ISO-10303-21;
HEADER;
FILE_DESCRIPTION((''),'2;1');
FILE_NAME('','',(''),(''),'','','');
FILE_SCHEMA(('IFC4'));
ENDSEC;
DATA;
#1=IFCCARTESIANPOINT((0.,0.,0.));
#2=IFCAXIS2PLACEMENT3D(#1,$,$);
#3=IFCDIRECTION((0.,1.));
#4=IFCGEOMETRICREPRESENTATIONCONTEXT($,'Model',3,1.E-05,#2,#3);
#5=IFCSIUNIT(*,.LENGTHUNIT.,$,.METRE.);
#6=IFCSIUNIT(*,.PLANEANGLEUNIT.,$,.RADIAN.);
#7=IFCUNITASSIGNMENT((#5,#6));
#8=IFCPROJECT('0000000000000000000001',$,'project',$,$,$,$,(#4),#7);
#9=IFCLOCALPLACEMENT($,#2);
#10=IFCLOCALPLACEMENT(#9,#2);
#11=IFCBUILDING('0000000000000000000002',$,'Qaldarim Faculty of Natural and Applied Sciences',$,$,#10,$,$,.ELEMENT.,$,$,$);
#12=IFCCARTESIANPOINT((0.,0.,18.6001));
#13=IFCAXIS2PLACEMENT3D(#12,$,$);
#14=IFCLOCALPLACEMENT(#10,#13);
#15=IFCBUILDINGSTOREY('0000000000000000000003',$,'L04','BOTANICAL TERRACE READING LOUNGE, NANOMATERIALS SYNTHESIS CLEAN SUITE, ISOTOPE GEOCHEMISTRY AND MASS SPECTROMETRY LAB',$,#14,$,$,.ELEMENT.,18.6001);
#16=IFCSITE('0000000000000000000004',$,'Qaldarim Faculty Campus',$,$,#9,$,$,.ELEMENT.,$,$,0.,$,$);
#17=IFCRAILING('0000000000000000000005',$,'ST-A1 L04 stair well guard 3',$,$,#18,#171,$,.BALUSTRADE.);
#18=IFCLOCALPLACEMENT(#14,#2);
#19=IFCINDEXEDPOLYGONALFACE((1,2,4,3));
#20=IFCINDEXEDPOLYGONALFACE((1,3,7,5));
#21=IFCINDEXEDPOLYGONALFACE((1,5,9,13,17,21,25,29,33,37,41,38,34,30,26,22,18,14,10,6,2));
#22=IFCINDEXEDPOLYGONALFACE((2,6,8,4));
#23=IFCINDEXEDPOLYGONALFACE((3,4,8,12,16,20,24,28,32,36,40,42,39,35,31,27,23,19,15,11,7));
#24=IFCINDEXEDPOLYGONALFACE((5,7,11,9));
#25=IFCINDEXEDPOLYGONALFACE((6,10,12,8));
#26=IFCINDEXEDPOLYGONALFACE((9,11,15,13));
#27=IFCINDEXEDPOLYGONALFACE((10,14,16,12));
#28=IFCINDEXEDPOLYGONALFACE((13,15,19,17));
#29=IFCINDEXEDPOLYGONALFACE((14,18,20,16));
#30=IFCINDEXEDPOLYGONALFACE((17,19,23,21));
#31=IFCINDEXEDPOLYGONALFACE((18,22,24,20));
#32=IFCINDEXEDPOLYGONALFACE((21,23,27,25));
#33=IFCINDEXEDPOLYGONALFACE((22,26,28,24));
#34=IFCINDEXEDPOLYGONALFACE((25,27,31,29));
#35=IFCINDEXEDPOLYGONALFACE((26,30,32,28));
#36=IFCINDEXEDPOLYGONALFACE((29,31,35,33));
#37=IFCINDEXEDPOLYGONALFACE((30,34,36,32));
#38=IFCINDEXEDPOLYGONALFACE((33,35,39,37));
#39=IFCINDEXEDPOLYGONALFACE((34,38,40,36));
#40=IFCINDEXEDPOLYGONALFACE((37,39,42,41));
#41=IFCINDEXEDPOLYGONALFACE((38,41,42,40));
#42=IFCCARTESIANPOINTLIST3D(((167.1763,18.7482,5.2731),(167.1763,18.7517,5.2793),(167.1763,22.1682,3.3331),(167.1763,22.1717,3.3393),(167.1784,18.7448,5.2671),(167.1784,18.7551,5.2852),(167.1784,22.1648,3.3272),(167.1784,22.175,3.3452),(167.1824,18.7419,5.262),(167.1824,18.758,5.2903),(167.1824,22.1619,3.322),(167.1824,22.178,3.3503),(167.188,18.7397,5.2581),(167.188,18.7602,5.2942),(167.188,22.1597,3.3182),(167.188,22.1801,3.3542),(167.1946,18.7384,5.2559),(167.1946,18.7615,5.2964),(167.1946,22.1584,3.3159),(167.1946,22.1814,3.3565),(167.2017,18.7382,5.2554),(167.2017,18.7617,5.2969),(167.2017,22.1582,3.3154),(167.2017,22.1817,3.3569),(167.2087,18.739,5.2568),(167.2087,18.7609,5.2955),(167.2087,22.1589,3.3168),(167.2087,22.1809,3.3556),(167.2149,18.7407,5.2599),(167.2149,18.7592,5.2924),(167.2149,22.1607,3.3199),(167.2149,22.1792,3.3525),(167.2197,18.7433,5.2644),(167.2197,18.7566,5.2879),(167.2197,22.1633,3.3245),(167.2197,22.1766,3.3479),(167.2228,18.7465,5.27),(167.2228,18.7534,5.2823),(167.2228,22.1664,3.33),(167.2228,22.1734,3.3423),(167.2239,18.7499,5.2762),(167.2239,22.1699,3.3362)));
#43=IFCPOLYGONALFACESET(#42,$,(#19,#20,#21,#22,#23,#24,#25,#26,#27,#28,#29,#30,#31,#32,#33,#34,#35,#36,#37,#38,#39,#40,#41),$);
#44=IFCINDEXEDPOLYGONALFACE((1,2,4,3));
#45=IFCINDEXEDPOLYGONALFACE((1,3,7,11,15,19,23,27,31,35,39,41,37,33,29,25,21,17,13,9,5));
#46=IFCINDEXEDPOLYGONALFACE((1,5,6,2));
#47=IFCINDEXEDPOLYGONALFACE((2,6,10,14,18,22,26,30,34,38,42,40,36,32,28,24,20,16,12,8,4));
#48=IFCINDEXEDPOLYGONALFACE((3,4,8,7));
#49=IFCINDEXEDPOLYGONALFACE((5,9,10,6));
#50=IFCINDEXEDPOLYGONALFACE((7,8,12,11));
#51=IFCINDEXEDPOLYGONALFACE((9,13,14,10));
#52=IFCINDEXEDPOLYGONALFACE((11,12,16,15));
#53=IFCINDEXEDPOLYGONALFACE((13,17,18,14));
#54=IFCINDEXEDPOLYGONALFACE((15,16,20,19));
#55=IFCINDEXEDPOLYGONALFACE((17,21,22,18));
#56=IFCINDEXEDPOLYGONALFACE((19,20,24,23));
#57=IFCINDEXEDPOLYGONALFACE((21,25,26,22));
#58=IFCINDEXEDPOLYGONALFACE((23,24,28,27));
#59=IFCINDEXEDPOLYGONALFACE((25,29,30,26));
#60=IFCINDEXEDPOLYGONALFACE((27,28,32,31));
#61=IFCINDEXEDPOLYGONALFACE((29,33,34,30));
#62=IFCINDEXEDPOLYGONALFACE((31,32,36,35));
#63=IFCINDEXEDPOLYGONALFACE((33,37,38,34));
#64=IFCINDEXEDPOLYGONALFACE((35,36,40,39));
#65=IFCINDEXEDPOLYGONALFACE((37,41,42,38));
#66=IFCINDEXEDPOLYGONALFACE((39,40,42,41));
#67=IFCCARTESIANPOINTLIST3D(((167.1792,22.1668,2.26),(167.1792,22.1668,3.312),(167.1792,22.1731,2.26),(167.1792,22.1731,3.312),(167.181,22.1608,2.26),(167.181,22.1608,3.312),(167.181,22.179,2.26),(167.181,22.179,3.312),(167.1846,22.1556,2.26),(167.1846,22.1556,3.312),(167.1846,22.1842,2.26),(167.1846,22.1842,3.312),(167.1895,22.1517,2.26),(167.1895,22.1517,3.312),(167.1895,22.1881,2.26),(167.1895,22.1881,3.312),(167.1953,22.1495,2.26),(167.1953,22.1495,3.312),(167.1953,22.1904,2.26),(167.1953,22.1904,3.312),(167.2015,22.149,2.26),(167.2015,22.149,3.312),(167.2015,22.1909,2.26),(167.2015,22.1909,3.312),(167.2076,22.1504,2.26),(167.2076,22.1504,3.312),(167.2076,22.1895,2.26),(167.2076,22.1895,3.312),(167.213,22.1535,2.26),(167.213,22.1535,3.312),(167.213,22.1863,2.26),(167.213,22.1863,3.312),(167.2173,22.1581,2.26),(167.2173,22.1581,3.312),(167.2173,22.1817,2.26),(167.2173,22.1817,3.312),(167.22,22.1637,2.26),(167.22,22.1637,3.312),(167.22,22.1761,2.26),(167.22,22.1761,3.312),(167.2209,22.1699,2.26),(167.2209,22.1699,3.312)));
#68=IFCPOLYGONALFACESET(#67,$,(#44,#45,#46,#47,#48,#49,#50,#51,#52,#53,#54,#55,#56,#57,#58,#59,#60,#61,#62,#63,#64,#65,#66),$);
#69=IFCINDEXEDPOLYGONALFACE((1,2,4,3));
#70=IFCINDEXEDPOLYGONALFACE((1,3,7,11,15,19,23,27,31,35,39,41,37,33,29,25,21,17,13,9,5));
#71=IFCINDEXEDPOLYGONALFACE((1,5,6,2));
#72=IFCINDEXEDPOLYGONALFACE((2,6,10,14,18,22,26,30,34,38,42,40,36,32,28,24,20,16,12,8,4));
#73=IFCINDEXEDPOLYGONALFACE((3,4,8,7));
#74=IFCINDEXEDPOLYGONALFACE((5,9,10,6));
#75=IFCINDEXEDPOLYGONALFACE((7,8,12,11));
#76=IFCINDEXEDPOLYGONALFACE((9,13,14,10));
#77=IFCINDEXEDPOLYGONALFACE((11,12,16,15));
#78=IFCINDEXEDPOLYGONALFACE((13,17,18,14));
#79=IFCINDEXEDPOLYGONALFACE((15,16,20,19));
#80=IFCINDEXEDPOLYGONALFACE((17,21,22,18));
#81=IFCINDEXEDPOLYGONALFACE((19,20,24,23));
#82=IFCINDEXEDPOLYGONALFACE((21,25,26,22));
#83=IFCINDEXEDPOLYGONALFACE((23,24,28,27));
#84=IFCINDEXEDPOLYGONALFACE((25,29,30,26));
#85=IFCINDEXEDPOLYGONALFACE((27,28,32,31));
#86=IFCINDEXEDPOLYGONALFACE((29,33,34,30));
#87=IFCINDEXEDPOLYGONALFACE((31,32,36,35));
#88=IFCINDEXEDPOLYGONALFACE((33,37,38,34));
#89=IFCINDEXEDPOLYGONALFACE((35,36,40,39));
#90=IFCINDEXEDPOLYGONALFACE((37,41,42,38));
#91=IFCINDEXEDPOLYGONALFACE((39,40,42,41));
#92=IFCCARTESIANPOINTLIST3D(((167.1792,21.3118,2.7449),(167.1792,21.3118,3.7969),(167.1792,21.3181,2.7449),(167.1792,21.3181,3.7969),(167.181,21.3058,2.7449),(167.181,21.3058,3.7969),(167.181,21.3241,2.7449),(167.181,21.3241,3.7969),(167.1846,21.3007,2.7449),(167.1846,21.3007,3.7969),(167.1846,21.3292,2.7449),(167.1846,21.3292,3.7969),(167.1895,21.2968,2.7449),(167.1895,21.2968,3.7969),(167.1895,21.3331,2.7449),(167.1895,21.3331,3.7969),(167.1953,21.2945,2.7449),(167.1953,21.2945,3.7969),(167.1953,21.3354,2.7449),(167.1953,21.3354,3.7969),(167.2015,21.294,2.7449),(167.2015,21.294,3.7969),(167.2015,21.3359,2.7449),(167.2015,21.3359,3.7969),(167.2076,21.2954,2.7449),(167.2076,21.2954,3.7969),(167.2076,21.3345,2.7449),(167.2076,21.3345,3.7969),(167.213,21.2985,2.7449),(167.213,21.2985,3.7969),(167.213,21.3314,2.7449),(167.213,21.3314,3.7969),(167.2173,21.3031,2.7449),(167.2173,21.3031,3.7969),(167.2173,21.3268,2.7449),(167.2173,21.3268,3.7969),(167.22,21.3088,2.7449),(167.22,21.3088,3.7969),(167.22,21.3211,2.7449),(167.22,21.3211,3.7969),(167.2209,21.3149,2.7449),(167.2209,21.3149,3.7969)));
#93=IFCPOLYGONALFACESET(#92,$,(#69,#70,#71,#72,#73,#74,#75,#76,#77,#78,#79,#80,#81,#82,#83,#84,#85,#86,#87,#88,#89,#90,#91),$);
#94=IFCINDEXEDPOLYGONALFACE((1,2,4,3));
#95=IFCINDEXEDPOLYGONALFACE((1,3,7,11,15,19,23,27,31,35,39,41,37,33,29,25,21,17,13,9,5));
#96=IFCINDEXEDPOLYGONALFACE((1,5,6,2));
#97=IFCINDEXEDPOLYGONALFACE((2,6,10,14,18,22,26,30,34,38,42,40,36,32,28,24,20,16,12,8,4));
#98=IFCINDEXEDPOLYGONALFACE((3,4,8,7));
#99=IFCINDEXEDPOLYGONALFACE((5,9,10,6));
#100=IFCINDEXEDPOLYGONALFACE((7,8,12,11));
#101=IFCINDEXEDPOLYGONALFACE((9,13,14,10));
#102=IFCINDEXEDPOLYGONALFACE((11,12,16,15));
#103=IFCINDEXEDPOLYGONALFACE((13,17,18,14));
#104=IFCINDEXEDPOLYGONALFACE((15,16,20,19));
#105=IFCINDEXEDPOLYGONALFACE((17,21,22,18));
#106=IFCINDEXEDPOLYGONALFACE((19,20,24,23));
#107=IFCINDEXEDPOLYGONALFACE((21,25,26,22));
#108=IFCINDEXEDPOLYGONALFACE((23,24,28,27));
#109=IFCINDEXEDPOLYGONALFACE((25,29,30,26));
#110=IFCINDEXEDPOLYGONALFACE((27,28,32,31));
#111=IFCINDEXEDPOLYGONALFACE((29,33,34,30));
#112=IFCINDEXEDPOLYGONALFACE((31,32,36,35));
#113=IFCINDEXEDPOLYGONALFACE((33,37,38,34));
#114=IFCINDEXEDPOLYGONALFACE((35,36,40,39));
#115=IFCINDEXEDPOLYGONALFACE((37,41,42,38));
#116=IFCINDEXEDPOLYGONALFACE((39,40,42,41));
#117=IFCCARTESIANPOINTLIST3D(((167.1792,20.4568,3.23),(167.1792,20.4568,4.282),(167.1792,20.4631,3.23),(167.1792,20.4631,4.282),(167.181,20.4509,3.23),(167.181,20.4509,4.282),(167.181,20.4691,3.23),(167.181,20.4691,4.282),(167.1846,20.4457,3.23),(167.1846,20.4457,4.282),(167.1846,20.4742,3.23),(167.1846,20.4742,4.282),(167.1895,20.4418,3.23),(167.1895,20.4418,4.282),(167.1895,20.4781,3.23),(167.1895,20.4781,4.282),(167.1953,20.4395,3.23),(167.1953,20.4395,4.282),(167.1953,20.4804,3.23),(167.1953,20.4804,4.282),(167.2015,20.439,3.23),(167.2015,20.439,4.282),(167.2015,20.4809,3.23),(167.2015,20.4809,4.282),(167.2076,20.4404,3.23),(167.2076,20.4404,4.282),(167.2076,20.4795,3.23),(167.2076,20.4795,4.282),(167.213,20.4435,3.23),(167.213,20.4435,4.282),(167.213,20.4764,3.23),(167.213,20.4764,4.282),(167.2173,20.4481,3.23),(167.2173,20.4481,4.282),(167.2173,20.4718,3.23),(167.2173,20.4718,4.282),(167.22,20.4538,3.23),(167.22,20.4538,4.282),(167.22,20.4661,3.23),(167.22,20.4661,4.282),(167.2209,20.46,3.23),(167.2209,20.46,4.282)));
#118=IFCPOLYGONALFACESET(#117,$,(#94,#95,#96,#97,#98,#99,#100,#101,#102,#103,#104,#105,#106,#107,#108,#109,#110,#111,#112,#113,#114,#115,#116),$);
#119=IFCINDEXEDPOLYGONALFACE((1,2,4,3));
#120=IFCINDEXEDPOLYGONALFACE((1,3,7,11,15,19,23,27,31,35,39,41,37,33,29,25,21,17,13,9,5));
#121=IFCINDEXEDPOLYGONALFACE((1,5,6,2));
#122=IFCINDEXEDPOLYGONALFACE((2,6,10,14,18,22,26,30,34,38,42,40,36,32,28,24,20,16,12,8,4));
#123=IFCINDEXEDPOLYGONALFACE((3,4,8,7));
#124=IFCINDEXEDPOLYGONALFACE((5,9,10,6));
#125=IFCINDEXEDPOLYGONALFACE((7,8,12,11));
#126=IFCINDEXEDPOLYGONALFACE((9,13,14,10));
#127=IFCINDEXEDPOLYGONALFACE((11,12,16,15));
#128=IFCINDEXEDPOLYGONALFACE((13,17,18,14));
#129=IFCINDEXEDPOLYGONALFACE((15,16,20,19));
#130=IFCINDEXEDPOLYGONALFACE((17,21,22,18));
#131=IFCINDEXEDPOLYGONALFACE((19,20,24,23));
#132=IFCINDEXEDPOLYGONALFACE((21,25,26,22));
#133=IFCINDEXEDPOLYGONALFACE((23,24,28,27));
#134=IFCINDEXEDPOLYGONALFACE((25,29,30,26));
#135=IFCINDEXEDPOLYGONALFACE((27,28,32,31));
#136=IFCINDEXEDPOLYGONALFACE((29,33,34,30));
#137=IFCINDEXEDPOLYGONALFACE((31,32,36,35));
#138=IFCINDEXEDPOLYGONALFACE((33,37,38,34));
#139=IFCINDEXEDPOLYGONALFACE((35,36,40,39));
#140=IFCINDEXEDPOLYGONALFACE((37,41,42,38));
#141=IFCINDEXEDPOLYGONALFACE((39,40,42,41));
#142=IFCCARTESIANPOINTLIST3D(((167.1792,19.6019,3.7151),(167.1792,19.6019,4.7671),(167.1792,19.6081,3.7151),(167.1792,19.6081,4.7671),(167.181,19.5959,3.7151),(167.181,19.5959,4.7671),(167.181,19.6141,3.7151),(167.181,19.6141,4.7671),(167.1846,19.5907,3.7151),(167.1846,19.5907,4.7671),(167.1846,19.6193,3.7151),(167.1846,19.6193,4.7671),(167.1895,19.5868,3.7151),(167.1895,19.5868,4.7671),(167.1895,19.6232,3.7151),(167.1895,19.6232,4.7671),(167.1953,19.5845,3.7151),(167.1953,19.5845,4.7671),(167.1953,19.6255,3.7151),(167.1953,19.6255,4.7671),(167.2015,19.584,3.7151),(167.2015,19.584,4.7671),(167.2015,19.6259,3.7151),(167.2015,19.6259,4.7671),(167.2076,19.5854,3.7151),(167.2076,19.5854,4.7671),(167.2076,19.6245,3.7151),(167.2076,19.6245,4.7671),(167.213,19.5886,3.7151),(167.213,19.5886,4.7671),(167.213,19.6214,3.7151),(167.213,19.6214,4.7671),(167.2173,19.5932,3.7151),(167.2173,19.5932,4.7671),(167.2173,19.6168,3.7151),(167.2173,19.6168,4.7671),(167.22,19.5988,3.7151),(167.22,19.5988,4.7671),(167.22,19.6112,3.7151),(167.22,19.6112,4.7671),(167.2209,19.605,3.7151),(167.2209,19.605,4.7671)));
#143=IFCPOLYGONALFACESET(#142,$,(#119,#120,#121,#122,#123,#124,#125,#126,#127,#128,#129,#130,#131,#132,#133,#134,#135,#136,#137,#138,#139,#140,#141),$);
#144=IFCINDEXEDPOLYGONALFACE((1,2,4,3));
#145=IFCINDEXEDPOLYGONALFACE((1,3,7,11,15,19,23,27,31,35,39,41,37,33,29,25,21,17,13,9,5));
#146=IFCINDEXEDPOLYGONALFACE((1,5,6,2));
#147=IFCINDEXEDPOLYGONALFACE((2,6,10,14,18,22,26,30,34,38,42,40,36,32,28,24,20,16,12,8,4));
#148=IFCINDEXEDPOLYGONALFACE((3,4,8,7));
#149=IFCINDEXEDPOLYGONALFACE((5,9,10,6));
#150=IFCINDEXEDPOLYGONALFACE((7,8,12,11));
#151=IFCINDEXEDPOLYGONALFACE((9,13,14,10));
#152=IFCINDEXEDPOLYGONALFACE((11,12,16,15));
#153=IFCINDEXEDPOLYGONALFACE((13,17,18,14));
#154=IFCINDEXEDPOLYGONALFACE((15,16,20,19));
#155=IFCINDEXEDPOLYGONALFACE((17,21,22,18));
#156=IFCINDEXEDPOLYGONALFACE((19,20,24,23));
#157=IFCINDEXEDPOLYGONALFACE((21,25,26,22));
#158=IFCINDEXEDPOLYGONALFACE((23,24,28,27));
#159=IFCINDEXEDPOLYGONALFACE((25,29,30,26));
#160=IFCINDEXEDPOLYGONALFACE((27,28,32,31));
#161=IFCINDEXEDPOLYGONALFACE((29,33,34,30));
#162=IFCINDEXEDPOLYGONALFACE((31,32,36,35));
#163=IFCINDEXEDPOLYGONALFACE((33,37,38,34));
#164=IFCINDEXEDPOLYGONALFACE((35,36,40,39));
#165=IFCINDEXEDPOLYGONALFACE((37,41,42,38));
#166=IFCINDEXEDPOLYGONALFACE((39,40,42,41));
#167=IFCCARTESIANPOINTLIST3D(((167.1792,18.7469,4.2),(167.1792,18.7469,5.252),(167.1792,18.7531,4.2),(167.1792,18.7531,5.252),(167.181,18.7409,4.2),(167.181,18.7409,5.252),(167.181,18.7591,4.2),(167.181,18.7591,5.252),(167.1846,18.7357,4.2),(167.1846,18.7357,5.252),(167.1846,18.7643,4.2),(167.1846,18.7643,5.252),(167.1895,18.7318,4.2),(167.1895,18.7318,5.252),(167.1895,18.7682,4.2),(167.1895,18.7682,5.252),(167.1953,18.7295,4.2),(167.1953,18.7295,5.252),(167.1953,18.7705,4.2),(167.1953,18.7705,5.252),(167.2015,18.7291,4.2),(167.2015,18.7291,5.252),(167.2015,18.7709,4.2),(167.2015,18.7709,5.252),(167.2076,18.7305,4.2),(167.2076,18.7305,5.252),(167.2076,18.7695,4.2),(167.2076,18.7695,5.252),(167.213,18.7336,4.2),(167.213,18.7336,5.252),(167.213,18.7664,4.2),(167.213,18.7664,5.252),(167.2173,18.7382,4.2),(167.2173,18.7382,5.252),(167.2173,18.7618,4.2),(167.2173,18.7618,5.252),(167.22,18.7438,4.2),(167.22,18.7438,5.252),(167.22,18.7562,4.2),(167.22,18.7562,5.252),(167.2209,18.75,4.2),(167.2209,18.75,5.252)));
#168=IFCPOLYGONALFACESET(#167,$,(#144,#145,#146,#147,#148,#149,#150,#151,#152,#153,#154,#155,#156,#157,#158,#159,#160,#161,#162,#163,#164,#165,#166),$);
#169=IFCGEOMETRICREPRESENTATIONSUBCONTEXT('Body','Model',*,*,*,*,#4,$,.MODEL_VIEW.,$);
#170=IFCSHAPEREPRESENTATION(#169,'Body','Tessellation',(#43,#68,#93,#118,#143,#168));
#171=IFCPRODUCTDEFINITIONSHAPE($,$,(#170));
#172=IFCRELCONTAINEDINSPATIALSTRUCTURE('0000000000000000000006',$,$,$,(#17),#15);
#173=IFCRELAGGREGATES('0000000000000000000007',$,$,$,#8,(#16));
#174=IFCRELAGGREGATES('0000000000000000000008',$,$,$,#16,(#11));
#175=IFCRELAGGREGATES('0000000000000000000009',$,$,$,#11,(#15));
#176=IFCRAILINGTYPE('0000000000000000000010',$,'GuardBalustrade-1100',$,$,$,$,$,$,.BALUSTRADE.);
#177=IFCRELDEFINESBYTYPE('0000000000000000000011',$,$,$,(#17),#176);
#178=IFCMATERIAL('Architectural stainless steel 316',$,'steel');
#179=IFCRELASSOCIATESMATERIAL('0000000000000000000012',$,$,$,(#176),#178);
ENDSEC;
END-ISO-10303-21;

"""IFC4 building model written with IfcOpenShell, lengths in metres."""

from ifc_helpers import new_model, si_unit, direction, frame, origin, origin_2d, place, context, subcontext, project, spatial, circle, extrude, material, type_object, element, save


model = new_model("IFC4")

# Units and contexts
model_context = context("Model", 3, precision=1e-05, world=origin(), true_north=direction((0.0, 1.0)))
body_context = subcontext(model_context, "Body", "Model", "MODEL_VIEW")
ifc_project = project(units=[si_unit("LENGTHUNIT", "METRE"), si_unit("PLANEANGLEUNIT", "RADIAN")], contexts=[model_context])

# Site, building, storey
site_placement = place(None, origin())
site = spatial("IfcSite", under=ifc_project, at=site_placement, Name="Qaldarim Faculty Campus", CompositionType="ELEMENT", RefElevation=0.0)
building_placement = place(site_placement, origin())
building = spatial("IfcBuilding", under=site, at=building_placement, Name="Qaldarim Faculty of Natural and Applied Sciences", CompositionType="ELEMENT")
storey_placement = place(building_placement, frame((0.0, 0.0, 18.6001)))
storey = spatial("IfcBuildingStorey", under=building, at=storey_placement, Name="L04", Description="BOTANICAL TERRACE READING LOUNGE, NANOMATERIALS SYNTHESIS CLEAN SUITE, ISOTOPE GEOCHEMISTRY AND MASS SPECTROMETRY LAB", CompositionType="ELEMENT", Elevation=18.6001)

# Shared definitions
ifc_material_1 = material(Name="Architectural stainless steel 316", Category="steel")

# Railing
railing_type_1 = type_object("IfcRailingType", Name="GuardBalustrade-1100", PredefinedType="BALUSTRADE", material=ifc_material_1)
railing_1_placement = place(storey_placement, frame((167.2, 22.1699, 2.26)))
element("IfcRailing", 1, at=railing_1_placement, inside=storey, type_object=railing_type_1, Name="ST-A1 L04 stair well guard 3", PredefinedType="BALUSTRADE", context=body_context, shape_type="SweptSolid", body=[
    extrude(circle(Radius=0.0239, at=origin_2d()), frame((0.0, 0.0, 1.0762), z_axis=(0.0, -0.869805, 0.493395), x_axis=(1.0, 0.0, 0.0)), (0.0, 0.0, 1.0), 3.9319),
    extrude(circle(Radius=0.021, at=origin_2d()), origin(), (0.0, 0.0, 1.0), 1.052),
    extrude(circle(Radius=0.021, at=origin_2d()), frame((0.0, -0.855, 0.4849)), (0.0, 0.0, 1.0), 1.052),
    extrude(circle(Radius=0.021, at=origin_2d()), frame((0.0, -1.71, 0.97)), (0.0, 0.0, 1.0), 1.052),
    extrude(circle(Radius=0.021, at=origin_2d()), frame((0.0, -2.5649, 1.4551)), (0.0, 0.0, 1.0), 1.052),
    extrude(circle(Radius=0.021, at=origin_2d()), frame((0.0, -3.4199, 1.9399)), (0.0, 0.0, 1.0), 1.052),
])

save(model, "model.ifc")
